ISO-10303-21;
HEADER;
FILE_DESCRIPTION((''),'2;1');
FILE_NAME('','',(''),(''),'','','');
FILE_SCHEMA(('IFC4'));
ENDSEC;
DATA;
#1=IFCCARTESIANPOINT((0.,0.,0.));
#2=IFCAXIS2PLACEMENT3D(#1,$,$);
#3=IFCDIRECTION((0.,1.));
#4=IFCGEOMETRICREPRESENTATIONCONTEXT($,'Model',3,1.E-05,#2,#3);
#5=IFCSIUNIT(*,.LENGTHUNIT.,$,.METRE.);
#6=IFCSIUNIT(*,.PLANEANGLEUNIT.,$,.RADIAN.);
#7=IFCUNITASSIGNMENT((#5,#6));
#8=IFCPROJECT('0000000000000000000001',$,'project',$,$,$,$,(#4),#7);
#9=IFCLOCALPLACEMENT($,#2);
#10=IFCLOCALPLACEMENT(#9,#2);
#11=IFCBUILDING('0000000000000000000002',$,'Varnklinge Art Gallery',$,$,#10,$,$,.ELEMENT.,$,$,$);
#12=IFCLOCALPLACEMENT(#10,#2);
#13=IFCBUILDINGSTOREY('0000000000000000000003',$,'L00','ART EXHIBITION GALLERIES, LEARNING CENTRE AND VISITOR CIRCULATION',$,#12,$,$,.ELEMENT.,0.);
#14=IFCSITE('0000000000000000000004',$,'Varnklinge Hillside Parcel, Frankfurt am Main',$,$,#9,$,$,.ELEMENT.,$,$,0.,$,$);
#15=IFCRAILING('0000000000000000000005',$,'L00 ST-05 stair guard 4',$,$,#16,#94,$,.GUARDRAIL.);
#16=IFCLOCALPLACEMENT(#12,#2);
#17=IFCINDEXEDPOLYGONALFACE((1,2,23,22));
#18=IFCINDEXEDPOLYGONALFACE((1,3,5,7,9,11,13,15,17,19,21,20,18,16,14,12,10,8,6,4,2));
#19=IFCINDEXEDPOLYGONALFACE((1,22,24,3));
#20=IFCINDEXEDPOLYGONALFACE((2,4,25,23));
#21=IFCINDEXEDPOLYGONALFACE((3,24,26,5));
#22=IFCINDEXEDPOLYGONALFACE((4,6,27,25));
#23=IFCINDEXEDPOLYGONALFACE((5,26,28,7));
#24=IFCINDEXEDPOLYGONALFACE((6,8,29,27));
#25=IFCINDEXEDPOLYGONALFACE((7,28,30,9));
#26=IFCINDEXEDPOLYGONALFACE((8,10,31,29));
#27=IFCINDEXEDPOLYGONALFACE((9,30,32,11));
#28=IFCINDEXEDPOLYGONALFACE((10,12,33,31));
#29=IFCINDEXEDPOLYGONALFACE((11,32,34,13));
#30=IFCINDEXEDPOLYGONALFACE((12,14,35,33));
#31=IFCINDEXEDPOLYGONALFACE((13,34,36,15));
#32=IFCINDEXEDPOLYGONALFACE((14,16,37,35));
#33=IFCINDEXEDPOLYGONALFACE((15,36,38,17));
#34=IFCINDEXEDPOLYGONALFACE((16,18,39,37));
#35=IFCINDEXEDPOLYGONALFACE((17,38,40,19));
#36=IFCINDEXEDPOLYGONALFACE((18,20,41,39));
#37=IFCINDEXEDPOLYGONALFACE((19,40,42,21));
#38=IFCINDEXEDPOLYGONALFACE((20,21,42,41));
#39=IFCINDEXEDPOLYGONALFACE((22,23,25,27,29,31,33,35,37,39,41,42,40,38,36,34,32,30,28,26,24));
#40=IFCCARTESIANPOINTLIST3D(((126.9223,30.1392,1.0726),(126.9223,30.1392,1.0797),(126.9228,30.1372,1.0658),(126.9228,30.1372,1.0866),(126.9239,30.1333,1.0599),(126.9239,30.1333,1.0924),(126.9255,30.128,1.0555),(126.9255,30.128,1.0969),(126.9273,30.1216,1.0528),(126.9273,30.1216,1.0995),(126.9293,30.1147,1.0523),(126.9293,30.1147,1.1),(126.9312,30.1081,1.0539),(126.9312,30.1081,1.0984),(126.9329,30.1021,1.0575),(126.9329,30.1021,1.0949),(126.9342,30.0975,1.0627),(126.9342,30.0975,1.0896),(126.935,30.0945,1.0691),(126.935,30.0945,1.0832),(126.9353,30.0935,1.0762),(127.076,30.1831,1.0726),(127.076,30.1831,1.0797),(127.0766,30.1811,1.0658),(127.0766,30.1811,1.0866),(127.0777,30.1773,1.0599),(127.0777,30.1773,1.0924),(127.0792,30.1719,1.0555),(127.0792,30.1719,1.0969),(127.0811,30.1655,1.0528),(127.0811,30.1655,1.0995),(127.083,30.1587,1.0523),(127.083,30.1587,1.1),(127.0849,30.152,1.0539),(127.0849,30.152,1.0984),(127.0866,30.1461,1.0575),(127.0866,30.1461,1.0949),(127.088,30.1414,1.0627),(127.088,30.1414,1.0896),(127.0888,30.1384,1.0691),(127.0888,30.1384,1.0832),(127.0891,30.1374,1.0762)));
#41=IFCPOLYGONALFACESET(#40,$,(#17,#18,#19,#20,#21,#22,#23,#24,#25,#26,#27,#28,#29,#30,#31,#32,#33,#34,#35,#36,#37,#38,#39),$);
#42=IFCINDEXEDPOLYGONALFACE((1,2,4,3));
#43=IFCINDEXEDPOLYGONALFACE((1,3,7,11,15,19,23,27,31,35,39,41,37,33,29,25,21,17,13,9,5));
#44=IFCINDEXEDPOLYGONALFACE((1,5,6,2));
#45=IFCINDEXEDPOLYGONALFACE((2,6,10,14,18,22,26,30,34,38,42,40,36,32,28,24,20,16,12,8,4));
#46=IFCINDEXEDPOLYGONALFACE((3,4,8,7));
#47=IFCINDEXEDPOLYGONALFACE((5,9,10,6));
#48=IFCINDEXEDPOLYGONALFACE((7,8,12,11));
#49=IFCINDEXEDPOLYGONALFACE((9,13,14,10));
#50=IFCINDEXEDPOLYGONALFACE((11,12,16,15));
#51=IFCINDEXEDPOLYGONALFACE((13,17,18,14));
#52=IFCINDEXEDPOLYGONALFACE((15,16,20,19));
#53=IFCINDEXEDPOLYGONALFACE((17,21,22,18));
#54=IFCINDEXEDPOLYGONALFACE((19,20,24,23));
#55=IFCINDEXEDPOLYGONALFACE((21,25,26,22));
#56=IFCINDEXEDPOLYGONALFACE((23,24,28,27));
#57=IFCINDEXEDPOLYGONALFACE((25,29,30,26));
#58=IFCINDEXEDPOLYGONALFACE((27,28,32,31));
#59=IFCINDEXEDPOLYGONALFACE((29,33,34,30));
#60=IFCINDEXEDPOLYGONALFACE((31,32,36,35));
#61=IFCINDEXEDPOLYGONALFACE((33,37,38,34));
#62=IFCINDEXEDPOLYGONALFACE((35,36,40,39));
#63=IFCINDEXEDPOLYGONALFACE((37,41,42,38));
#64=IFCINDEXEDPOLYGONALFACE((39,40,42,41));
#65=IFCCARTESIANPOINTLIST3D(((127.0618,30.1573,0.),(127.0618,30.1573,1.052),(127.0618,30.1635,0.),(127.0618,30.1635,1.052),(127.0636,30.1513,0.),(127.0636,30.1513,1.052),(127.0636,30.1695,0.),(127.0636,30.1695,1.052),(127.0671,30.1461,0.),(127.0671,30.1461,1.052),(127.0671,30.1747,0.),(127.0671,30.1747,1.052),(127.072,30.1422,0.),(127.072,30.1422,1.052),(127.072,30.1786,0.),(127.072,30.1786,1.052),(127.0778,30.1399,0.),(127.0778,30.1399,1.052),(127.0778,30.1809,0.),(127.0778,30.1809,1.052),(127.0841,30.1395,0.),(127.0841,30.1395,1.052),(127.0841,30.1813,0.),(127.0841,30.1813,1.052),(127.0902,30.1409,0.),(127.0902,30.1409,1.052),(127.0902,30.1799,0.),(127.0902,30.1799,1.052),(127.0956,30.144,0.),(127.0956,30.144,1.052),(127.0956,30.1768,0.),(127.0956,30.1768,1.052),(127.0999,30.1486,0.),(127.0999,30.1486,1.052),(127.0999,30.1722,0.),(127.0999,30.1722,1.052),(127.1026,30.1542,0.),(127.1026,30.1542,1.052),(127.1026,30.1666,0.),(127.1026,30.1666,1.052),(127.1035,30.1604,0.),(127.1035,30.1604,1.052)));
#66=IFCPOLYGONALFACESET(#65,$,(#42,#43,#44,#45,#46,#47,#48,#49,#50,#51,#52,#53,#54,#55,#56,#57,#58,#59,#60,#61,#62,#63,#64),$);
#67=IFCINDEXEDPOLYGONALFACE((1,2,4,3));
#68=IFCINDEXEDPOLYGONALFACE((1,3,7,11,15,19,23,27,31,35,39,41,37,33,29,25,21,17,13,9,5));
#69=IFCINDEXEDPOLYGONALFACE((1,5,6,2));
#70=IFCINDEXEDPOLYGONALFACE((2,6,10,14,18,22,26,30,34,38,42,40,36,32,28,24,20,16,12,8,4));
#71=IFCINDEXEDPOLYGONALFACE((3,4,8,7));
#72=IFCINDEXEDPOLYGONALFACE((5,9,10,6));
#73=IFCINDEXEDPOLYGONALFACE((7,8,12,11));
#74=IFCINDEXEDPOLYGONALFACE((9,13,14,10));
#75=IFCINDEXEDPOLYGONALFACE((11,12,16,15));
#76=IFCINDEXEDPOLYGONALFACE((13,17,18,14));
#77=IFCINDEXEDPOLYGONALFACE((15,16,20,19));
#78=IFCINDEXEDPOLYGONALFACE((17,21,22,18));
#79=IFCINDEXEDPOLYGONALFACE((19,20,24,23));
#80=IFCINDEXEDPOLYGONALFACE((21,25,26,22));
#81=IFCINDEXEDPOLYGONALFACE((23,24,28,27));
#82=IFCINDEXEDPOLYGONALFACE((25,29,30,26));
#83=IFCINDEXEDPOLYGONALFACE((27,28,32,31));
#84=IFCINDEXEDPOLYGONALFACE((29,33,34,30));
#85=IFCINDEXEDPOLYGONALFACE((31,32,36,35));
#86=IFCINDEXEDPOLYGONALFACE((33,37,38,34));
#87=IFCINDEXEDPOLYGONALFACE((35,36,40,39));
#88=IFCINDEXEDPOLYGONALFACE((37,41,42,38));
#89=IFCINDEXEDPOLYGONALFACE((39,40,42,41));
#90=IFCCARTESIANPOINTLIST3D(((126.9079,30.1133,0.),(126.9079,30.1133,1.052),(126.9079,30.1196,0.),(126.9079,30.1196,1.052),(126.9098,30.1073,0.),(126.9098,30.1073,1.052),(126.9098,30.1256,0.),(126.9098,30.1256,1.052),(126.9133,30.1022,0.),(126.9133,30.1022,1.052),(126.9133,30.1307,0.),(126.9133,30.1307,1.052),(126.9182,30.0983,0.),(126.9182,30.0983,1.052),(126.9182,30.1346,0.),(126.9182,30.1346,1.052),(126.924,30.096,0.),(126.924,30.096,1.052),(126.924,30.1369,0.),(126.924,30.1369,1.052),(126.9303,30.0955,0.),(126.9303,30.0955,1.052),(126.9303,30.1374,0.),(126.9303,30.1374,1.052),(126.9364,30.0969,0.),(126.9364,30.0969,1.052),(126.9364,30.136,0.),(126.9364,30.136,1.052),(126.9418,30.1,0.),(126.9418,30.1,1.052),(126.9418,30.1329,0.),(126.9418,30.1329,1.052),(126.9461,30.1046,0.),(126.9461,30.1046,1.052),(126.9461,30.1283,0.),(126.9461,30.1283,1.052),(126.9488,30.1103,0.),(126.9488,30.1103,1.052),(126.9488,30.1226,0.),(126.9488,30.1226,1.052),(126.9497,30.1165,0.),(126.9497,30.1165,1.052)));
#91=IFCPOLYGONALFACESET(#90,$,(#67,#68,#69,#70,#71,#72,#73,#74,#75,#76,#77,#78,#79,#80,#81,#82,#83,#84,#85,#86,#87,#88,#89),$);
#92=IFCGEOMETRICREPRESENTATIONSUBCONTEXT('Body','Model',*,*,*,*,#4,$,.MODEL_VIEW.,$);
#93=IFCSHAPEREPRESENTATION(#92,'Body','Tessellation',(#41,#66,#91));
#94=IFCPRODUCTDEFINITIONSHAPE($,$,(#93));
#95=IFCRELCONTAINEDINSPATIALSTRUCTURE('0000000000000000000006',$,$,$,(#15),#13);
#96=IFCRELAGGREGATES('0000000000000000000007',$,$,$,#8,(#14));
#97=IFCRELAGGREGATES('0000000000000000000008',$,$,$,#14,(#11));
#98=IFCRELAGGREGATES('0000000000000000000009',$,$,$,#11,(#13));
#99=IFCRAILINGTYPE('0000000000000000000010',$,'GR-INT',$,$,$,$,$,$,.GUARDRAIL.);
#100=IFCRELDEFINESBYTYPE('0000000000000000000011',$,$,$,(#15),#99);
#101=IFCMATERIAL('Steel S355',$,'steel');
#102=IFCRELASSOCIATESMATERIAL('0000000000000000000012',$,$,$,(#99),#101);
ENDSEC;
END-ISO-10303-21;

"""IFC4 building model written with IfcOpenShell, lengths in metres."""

from ifc_helpers import new_model, si_unit, direction, frame, origin, origin_2d, place, context, subcontext, project, spatial, circle, extrude, material, type_object, element, save


model = new_model("IFC4")

# Units and contexts
model_context = context("Model", 3, precision=1e-05, world=origin(), true_north=direction((0.0, 1.0)))
body_context = subcontext(model_context, "Body", "Model", "MODEL_VIEW")
ifc_project = project(units=[si_unit("LENGTHUNIT", "METRE"), si_unit("PLANEANGLEUNIT", "RADIAN")], contexts=[model_context])

# Site, building, storey
site_placement = place(None, origin())
site = spatial("IfcSite", under=ifc_project, at=site_placement, Name="Varnklinge Hillside Parcel, Frankfurt am Main", CompositionType="ELEMENT", RefElevation=0.0)
building_placement = place(site_placement, origin())
building = spatial("IfcBuilding", under=site, at=building_placement, Name="Varnklinge Art Gallery", CompositionType="ELEMENT")
storey_placement = place(building_placement, origin())
storey = spatial("IfcBuildingStorey", under=building, at=storey_placement, Name="L00", Description="ART EXHIBITION GALLERIES, LEARNING CENTRE AND VISITOR CIRCULATION", CompositionType="ELEMENT", Elevation=0.0)

# Railing
ifc_material_1 = material(Name="Steel S355", Category="steel")
railing_type_1 = type_object("IfcRailingType", Name="GR-INT", PredefinedType="GUARDRAIL", material=ifc_material_1)
railing_1_placement = place(storey_placement, frame((127.0825, 30.1604, 0.0)))
element("IfcRailing", 1, at=railing_1_placement, inside=storey, type_object=railing_type_1, Name="L00 ST-05 stair guard 4", PredefinedType="GUARDRAIL", context=body_context, shape_type="SweptSolid", body=[
    extrude(circle(Radius=0.0239, at=origin_2d()), frame((0.0, 0.0, 1.0762), z_axis=(-0.961524, -0.274721, 0.0), x_axis=(0.274721, -0.961524, 0.0)), (0.0, 0.0, 1.0), 0.1599),
    extrude(circle(Radius=0.021, at=origin_2d()), origin(), (0.0, 0.0, 1.0), 1.052),
    extrude(circle(Radius=0.021, at=origin_2d()), frame((-0.1538, -0.0439, 0.0)), (0.0, 0.0, 1.0), 1.052),
])

save(model, "model.ifc")
